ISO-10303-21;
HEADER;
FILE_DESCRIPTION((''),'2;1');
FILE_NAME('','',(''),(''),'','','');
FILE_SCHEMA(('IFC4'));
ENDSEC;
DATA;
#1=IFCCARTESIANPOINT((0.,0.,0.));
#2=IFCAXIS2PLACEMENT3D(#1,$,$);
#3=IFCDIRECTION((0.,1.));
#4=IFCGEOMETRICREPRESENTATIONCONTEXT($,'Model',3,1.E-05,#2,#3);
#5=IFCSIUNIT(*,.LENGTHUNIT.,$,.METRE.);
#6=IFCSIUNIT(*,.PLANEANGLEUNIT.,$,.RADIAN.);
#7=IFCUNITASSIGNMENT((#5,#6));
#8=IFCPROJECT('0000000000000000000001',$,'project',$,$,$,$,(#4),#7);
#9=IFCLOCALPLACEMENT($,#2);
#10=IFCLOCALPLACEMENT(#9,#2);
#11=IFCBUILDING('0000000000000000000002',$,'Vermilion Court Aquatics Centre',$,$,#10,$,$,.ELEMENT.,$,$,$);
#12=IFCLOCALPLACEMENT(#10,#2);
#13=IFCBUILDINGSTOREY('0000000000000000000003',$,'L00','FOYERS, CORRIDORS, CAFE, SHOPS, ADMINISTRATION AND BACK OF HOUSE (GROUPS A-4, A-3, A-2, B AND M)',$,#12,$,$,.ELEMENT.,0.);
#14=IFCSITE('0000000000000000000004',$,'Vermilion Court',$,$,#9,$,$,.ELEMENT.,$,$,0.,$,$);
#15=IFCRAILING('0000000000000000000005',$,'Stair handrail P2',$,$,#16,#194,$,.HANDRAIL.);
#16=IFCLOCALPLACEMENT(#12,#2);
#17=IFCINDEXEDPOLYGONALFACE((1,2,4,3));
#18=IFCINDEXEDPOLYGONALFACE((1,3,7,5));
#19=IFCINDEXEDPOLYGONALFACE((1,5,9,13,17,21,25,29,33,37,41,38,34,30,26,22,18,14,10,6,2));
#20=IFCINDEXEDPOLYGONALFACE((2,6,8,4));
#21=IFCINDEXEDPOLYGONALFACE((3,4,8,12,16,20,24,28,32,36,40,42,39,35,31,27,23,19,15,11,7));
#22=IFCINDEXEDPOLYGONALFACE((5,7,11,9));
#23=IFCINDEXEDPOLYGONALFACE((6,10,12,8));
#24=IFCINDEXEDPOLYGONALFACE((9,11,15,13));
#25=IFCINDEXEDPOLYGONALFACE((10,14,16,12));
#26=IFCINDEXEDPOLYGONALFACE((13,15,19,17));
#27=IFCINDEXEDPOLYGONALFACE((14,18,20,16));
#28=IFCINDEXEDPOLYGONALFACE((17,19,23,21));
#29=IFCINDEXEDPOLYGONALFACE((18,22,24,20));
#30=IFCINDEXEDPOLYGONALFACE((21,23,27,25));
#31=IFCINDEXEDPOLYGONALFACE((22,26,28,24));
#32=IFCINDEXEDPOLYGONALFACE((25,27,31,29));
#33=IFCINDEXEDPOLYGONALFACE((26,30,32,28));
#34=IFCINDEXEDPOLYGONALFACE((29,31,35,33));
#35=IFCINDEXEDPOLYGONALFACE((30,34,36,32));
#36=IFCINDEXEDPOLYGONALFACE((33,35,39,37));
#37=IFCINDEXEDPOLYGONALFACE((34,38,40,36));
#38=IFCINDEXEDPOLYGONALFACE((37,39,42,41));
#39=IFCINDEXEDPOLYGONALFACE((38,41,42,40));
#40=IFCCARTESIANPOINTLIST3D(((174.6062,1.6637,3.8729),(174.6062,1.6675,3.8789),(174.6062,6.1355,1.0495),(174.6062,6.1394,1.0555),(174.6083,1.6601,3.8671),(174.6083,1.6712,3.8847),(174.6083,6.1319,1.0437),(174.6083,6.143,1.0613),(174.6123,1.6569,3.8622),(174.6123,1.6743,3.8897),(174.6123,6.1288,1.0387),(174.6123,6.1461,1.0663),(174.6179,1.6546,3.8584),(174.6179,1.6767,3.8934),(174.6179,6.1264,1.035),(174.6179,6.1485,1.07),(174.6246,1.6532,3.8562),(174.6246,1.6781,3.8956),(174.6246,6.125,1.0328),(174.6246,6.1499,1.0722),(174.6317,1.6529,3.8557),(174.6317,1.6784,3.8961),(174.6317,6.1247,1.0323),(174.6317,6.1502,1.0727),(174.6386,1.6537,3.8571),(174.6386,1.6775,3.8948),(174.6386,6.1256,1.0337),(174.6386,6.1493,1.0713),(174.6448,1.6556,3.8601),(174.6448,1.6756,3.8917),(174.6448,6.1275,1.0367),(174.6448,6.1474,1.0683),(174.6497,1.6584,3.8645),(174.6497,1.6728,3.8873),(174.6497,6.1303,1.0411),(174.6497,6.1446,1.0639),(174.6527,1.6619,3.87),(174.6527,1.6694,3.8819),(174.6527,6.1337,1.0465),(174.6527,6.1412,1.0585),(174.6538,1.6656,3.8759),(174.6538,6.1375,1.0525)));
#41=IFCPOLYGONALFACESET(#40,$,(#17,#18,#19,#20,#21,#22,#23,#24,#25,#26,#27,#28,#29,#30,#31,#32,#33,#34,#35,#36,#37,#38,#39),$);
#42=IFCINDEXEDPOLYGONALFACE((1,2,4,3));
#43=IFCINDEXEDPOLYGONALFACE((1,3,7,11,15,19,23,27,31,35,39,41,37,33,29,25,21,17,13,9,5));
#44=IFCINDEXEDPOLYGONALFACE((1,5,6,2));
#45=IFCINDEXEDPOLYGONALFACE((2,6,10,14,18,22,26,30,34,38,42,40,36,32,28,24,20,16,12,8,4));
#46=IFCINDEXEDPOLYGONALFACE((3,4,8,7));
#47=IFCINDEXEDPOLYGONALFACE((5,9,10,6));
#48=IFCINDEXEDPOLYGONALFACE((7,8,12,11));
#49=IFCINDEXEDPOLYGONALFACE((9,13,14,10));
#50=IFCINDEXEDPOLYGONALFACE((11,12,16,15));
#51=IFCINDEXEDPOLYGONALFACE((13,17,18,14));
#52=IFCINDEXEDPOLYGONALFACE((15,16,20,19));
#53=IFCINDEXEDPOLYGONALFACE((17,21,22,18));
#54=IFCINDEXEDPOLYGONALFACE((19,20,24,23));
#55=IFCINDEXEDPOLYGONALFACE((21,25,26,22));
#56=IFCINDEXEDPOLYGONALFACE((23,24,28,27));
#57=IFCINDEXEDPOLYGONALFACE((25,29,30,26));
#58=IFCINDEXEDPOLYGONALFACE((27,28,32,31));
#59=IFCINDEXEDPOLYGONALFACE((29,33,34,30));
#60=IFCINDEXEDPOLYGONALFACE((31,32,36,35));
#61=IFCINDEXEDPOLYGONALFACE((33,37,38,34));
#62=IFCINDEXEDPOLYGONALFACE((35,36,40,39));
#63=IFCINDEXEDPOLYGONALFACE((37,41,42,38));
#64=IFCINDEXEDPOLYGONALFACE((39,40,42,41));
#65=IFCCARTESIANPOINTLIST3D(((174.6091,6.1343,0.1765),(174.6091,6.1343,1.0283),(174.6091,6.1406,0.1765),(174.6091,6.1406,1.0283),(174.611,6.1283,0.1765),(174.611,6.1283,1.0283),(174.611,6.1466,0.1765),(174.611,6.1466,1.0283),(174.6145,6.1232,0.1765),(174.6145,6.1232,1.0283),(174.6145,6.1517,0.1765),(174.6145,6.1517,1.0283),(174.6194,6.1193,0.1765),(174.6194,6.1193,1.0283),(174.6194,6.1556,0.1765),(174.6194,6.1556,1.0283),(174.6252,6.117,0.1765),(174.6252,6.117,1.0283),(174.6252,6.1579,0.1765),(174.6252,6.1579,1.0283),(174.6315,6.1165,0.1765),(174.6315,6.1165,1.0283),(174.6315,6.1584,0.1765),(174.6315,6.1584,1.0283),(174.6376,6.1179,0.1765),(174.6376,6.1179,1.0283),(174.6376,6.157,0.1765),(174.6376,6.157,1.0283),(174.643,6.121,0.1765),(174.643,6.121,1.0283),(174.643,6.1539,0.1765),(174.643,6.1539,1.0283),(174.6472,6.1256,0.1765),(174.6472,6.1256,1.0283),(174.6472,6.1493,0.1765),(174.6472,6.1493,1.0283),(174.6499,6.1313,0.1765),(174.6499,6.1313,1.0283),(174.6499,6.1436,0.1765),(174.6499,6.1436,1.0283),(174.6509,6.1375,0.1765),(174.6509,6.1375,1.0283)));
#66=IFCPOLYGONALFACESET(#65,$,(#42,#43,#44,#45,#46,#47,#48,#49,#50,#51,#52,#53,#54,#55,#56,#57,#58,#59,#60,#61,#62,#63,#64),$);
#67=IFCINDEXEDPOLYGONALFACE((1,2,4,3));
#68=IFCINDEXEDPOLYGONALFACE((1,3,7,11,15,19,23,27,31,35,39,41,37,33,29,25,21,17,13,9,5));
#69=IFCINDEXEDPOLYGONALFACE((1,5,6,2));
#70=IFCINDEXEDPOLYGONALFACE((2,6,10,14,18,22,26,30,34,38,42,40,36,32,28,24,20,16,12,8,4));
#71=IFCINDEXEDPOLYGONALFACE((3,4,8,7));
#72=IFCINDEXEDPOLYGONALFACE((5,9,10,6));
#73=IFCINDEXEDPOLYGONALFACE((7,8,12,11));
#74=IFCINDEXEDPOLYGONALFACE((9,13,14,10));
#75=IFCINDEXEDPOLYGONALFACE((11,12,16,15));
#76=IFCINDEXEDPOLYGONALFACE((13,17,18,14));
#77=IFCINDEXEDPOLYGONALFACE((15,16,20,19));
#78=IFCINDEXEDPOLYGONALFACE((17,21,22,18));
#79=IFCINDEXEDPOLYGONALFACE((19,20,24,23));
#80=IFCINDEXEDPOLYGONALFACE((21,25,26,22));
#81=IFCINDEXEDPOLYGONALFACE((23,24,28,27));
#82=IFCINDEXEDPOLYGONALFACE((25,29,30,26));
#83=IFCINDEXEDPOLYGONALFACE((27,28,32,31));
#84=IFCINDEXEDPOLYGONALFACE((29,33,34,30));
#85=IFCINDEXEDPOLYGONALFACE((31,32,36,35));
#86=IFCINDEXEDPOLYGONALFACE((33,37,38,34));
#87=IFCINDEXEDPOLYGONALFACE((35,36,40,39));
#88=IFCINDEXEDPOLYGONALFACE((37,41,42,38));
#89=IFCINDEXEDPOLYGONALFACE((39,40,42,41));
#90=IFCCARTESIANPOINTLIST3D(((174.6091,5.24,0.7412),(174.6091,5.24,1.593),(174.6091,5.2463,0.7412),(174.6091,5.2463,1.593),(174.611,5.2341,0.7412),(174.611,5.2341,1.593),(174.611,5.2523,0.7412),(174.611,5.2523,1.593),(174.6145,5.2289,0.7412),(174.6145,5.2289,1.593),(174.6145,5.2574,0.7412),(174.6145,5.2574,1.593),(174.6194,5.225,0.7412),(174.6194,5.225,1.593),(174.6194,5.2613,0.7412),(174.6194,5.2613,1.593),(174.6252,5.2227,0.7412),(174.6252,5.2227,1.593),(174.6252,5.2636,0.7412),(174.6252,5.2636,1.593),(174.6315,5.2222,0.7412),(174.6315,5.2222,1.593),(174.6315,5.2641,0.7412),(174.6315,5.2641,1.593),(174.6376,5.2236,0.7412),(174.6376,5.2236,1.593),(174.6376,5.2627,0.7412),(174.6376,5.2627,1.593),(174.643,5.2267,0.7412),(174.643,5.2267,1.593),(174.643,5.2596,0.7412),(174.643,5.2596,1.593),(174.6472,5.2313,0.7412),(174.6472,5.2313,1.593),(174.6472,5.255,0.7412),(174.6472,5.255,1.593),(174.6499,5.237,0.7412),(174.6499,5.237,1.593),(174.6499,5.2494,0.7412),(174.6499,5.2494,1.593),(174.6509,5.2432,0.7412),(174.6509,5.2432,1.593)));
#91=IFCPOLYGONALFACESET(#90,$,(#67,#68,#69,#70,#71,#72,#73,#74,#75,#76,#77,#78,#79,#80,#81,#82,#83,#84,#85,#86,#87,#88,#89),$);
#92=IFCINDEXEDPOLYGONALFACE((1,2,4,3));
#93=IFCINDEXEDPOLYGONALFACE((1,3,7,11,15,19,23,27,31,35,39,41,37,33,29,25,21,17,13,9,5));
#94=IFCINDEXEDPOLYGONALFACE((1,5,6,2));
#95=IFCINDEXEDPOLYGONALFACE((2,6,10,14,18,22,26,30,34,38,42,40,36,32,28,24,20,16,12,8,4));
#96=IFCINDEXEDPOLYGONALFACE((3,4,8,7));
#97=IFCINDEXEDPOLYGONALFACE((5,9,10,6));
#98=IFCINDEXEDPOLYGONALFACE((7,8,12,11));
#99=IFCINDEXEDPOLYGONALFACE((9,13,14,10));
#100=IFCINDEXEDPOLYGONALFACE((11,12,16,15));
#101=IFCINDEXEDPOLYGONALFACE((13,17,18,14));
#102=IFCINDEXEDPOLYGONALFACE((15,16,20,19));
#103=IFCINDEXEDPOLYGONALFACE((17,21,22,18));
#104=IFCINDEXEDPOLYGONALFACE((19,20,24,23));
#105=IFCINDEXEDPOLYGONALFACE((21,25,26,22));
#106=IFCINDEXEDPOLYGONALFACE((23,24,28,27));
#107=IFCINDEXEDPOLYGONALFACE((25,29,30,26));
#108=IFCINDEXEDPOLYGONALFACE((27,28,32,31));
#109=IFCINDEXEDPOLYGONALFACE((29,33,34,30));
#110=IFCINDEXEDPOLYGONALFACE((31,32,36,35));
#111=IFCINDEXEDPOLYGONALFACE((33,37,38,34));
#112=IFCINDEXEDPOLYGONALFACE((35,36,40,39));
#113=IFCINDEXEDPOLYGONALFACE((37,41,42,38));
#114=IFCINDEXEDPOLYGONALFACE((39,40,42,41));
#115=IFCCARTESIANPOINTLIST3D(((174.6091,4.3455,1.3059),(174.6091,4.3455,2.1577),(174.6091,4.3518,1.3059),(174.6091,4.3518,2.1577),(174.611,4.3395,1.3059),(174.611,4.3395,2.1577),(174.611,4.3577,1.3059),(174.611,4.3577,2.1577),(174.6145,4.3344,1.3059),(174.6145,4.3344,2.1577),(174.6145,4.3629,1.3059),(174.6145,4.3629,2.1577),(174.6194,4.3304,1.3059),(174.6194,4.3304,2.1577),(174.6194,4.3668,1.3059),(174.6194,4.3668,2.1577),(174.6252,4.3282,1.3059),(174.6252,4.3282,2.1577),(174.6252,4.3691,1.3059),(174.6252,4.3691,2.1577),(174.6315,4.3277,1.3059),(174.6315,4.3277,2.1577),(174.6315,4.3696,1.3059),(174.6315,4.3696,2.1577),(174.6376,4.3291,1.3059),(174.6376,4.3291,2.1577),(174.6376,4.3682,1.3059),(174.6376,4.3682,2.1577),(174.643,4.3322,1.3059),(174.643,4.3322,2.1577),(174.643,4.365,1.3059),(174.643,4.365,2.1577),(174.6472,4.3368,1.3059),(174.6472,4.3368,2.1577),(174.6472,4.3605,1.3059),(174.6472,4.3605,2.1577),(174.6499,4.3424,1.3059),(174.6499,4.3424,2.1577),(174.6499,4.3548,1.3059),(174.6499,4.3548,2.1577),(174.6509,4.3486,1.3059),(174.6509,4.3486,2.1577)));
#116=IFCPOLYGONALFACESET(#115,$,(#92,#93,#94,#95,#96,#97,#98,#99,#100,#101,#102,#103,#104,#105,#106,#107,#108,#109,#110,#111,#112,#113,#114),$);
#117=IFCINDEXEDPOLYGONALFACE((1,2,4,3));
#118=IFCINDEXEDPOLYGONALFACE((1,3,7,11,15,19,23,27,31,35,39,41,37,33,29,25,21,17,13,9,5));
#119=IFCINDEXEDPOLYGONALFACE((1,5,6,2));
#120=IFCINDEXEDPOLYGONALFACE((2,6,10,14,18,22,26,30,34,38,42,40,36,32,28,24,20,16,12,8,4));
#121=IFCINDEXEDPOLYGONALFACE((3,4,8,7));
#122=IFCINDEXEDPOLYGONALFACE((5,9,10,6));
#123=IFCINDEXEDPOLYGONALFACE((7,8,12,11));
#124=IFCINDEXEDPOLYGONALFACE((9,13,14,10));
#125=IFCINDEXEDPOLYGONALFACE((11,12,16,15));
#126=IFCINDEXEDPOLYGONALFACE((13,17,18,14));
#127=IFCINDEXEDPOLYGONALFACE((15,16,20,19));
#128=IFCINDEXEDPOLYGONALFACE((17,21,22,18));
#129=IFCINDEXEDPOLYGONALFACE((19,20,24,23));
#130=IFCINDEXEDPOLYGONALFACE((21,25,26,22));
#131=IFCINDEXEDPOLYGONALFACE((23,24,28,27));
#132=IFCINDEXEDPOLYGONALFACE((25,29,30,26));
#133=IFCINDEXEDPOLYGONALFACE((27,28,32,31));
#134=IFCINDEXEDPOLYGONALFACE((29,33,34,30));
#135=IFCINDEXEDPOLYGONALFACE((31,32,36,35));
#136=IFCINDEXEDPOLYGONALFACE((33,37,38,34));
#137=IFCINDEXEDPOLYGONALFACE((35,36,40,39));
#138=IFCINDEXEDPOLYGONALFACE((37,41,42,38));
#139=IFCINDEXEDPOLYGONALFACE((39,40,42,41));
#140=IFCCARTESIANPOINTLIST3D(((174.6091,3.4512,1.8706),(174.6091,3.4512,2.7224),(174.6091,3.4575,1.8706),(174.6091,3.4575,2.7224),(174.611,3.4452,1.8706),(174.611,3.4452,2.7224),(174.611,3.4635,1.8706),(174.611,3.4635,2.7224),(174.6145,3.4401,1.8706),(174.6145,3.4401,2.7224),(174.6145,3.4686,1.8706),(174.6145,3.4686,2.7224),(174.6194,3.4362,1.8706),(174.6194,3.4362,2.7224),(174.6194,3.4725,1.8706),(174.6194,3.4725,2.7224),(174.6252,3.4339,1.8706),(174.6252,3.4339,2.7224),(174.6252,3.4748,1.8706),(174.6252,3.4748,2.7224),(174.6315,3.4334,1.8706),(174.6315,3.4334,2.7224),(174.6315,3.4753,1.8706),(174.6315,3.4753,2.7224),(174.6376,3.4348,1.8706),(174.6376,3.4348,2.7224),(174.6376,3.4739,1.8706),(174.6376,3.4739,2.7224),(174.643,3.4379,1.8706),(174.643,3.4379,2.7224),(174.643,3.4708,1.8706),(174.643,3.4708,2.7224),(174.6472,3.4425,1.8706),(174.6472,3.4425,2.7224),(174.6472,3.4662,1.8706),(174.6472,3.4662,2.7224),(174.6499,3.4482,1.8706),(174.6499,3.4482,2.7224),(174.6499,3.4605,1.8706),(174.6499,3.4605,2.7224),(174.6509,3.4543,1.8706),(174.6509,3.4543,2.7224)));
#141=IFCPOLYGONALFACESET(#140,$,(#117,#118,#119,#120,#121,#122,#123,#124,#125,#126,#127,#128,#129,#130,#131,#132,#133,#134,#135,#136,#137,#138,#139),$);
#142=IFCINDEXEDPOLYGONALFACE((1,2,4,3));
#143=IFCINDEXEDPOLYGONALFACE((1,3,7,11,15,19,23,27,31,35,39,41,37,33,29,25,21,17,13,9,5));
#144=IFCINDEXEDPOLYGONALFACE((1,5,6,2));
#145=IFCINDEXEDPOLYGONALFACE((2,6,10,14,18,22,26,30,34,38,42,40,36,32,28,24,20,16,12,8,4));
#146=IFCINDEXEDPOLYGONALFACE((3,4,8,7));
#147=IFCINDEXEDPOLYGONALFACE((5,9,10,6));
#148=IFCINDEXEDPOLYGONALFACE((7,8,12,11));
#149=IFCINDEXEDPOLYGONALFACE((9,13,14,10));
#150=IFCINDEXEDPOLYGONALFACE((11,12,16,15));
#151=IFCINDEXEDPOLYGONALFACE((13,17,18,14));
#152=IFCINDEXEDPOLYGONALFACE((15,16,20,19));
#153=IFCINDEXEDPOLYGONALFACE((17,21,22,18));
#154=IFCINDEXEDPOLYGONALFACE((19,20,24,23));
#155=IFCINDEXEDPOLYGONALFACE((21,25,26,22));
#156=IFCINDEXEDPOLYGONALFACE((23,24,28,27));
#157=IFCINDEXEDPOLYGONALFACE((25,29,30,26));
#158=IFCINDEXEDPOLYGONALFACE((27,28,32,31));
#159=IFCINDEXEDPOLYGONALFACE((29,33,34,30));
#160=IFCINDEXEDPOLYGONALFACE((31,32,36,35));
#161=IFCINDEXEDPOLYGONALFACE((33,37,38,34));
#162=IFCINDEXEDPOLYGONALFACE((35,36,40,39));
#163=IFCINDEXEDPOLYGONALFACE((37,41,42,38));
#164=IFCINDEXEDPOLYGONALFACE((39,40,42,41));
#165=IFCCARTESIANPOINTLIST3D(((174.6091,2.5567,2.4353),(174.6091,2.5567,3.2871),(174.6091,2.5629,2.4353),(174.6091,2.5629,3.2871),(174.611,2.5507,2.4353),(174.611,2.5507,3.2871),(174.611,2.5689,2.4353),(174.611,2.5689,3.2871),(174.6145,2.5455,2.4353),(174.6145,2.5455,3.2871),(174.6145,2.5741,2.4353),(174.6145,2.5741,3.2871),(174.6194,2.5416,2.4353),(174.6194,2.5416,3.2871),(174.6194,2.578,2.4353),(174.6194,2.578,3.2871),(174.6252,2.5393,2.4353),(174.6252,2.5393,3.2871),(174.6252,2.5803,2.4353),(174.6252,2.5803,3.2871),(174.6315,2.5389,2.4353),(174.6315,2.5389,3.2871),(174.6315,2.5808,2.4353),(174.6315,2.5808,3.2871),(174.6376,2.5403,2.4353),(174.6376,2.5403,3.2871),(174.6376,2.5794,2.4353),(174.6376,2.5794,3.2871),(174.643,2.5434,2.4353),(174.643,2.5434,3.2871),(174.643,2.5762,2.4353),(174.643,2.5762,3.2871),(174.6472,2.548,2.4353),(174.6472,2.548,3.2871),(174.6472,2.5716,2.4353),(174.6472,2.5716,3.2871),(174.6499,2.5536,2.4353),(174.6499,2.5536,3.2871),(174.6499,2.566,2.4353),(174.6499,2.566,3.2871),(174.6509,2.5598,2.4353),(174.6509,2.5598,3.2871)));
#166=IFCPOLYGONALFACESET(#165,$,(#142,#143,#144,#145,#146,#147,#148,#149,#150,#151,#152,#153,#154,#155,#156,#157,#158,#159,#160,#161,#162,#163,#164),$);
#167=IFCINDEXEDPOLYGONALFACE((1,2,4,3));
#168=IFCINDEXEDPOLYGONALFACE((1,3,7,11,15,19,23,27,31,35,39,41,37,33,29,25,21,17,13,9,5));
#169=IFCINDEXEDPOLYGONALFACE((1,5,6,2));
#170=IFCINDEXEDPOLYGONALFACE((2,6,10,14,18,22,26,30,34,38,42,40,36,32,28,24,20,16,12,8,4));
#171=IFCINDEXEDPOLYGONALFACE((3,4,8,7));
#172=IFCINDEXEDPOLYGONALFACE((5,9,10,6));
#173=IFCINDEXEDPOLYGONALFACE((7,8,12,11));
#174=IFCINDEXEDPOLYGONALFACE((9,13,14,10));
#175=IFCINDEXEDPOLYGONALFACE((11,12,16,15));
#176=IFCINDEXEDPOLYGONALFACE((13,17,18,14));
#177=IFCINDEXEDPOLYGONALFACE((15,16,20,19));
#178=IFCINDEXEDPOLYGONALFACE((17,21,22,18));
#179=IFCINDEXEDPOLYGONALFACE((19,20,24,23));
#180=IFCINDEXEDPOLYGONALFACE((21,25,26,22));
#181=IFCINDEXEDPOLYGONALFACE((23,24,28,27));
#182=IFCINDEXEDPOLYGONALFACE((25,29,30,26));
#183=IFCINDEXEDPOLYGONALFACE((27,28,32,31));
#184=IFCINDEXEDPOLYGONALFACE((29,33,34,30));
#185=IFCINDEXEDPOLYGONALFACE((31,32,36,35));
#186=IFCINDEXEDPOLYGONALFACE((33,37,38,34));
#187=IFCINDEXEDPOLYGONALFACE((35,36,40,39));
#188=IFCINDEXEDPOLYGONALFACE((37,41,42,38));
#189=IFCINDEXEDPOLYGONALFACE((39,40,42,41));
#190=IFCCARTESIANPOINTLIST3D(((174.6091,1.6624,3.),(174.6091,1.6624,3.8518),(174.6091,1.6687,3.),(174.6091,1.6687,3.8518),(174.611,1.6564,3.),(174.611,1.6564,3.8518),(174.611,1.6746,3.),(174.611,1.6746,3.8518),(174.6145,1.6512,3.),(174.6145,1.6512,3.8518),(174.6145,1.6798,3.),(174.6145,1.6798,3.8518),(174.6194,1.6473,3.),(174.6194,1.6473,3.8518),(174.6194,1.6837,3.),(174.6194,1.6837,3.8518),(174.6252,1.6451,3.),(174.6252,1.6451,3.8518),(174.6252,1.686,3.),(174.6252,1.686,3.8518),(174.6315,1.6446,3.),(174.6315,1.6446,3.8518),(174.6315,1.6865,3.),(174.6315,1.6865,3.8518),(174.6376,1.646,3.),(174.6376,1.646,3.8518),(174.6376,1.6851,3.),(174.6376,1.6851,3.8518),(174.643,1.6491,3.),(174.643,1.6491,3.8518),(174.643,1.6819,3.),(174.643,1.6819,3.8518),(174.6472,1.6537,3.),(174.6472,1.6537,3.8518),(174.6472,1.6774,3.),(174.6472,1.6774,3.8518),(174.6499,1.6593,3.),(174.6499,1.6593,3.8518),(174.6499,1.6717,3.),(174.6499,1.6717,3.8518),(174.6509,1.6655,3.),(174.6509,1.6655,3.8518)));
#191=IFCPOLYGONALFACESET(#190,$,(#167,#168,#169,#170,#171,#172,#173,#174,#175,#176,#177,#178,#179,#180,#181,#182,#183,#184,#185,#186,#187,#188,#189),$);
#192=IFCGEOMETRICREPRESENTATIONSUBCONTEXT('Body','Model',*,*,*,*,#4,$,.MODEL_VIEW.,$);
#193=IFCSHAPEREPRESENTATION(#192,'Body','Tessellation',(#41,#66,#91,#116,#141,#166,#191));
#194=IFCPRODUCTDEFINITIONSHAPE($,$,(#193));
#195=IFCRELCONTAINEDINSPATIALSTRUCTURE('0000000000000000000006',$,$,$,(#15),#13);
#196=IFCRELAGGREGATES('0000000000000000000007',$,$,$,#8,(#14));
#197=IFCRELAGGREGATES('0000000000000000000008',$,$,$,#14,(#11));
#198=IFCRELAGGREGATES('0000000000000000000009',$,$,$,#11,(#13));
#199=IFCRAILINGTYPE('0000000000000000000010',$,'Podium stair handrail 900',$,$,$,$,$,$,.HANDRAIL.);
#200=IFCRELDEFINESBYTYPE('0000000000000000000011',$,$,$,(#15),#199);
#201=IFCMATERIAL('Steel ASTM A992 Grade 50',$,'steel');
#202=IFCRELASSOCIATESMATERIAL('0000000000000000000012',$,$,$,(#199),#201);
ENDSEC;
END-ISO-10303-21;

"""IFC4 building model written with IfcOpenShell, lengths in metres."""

from ifc_helpers import new_model, si_unit, direction, frame, origin, origin_2d, place, context, subcontext, project, spatial, circle, extrude, material, type_object, element, save


model = new_model("IFC4")

# Units and contexts
model_context = context("Model", 3, precision=1e-05, world=origin(), true_north=direction((0.0, 1.0)))
body_context = subcontext(model_context, "Body", "Model", "MODEL_VIEW")
ifc_project = project(units=[si_unit("LENGTHUNIT", "METRE"), si_unit("PLANEANGLEUNIT", "RADIAN")], contexts=[model_context])

# Site, building, storey
site_placement = place(None, origin())
site = spatial("IfcSite", under=ifc_project, at=site_placement, Name="Vermilion Court", CompositionType="ELEMENT", RefElevation=0.0)
building_placement = place(site_placement, origin())
building = spatial("IfcBuilding", under=site, at=building_placement, Name="Vermilion Court Aquatics Centre", CompositionType="ELEMENT")
storey_placement = place(building_placement, origin())
storey = spatial("IfcBuildingStorey", under=building, at=storey_placement, Name="L00", Description="FOYERS, CORRIDORS, CAFE, SHOPS, ADMINISTRATION AND BACK OF HOUSE (GROUPS A-4, A-3, A-2, B AND M)", CompositionType="ELEMENT", Elevation=0.0)

# Railing
ifc_material_1 = material(Name="Steel ASTM A992 Grade 50", Category="steel")
railing_type_1 = type_object("IfcRailingType", Name="Podium stair handrail 900", PredefinedType="HANDRAIL", material=ifc_material_1)
for number, where, name in (
    (1, (174.6299, 6.1375, 0.1765), "Stair handrail P2"),
):
    element("IfcRailing", number, at=place(storey_placement, frame(where)), inside=storey, type_object=railing_type_1, Name=name, PredefinedType="HANDRAIL", context=body_context, shape_type="SweptSolid", body=[
        extrude(circle(Radius=0.0239, at=origin_2d()), frame((0.0, 0.0, 0.876), z_axis=(0.0, -0.845565, 0.533873), x_axis=(1.0, 0.0, 0.0)), (0.0, 0.0, 1.0), 5.2886),
        extrude(circle(Radius=0.021, at=origin_2d()), origin(), (0.0, 0.0, 1.0), 0.8518),
        extrude(circle(Radius=0.021, at=origin_2d()), frame((0.0, -0.8943, 0.5647)), (0.0, 0.0, 1.0), 0.8518),
        extrude(circle(Radius=0.021, at=origin_2d()), frame((0.0, -1.7888, 1.1294)), (0.0, 0.0, 1.0), 0.8518),
        extrude(circle(Radius=0.021, at=origin_2d()), frame((0.0, -2.6831, 1.6941)), (0.0, 0.0, 1.0), 0.8518),
        extrude(circle(Radius=0.021, at=origin_2d()), frame((0.0, -3.5776, 2.2588)), (0.0, 0.0, 1.0), 0.8518),
        extrude(circle(Radius=0.021, at=origin_2d()), frame((0.0, -4.4719, 2.8235)), (0.0, 0.0, 1.0), 0.8518),
    ])

save(model, "model.ifc")
